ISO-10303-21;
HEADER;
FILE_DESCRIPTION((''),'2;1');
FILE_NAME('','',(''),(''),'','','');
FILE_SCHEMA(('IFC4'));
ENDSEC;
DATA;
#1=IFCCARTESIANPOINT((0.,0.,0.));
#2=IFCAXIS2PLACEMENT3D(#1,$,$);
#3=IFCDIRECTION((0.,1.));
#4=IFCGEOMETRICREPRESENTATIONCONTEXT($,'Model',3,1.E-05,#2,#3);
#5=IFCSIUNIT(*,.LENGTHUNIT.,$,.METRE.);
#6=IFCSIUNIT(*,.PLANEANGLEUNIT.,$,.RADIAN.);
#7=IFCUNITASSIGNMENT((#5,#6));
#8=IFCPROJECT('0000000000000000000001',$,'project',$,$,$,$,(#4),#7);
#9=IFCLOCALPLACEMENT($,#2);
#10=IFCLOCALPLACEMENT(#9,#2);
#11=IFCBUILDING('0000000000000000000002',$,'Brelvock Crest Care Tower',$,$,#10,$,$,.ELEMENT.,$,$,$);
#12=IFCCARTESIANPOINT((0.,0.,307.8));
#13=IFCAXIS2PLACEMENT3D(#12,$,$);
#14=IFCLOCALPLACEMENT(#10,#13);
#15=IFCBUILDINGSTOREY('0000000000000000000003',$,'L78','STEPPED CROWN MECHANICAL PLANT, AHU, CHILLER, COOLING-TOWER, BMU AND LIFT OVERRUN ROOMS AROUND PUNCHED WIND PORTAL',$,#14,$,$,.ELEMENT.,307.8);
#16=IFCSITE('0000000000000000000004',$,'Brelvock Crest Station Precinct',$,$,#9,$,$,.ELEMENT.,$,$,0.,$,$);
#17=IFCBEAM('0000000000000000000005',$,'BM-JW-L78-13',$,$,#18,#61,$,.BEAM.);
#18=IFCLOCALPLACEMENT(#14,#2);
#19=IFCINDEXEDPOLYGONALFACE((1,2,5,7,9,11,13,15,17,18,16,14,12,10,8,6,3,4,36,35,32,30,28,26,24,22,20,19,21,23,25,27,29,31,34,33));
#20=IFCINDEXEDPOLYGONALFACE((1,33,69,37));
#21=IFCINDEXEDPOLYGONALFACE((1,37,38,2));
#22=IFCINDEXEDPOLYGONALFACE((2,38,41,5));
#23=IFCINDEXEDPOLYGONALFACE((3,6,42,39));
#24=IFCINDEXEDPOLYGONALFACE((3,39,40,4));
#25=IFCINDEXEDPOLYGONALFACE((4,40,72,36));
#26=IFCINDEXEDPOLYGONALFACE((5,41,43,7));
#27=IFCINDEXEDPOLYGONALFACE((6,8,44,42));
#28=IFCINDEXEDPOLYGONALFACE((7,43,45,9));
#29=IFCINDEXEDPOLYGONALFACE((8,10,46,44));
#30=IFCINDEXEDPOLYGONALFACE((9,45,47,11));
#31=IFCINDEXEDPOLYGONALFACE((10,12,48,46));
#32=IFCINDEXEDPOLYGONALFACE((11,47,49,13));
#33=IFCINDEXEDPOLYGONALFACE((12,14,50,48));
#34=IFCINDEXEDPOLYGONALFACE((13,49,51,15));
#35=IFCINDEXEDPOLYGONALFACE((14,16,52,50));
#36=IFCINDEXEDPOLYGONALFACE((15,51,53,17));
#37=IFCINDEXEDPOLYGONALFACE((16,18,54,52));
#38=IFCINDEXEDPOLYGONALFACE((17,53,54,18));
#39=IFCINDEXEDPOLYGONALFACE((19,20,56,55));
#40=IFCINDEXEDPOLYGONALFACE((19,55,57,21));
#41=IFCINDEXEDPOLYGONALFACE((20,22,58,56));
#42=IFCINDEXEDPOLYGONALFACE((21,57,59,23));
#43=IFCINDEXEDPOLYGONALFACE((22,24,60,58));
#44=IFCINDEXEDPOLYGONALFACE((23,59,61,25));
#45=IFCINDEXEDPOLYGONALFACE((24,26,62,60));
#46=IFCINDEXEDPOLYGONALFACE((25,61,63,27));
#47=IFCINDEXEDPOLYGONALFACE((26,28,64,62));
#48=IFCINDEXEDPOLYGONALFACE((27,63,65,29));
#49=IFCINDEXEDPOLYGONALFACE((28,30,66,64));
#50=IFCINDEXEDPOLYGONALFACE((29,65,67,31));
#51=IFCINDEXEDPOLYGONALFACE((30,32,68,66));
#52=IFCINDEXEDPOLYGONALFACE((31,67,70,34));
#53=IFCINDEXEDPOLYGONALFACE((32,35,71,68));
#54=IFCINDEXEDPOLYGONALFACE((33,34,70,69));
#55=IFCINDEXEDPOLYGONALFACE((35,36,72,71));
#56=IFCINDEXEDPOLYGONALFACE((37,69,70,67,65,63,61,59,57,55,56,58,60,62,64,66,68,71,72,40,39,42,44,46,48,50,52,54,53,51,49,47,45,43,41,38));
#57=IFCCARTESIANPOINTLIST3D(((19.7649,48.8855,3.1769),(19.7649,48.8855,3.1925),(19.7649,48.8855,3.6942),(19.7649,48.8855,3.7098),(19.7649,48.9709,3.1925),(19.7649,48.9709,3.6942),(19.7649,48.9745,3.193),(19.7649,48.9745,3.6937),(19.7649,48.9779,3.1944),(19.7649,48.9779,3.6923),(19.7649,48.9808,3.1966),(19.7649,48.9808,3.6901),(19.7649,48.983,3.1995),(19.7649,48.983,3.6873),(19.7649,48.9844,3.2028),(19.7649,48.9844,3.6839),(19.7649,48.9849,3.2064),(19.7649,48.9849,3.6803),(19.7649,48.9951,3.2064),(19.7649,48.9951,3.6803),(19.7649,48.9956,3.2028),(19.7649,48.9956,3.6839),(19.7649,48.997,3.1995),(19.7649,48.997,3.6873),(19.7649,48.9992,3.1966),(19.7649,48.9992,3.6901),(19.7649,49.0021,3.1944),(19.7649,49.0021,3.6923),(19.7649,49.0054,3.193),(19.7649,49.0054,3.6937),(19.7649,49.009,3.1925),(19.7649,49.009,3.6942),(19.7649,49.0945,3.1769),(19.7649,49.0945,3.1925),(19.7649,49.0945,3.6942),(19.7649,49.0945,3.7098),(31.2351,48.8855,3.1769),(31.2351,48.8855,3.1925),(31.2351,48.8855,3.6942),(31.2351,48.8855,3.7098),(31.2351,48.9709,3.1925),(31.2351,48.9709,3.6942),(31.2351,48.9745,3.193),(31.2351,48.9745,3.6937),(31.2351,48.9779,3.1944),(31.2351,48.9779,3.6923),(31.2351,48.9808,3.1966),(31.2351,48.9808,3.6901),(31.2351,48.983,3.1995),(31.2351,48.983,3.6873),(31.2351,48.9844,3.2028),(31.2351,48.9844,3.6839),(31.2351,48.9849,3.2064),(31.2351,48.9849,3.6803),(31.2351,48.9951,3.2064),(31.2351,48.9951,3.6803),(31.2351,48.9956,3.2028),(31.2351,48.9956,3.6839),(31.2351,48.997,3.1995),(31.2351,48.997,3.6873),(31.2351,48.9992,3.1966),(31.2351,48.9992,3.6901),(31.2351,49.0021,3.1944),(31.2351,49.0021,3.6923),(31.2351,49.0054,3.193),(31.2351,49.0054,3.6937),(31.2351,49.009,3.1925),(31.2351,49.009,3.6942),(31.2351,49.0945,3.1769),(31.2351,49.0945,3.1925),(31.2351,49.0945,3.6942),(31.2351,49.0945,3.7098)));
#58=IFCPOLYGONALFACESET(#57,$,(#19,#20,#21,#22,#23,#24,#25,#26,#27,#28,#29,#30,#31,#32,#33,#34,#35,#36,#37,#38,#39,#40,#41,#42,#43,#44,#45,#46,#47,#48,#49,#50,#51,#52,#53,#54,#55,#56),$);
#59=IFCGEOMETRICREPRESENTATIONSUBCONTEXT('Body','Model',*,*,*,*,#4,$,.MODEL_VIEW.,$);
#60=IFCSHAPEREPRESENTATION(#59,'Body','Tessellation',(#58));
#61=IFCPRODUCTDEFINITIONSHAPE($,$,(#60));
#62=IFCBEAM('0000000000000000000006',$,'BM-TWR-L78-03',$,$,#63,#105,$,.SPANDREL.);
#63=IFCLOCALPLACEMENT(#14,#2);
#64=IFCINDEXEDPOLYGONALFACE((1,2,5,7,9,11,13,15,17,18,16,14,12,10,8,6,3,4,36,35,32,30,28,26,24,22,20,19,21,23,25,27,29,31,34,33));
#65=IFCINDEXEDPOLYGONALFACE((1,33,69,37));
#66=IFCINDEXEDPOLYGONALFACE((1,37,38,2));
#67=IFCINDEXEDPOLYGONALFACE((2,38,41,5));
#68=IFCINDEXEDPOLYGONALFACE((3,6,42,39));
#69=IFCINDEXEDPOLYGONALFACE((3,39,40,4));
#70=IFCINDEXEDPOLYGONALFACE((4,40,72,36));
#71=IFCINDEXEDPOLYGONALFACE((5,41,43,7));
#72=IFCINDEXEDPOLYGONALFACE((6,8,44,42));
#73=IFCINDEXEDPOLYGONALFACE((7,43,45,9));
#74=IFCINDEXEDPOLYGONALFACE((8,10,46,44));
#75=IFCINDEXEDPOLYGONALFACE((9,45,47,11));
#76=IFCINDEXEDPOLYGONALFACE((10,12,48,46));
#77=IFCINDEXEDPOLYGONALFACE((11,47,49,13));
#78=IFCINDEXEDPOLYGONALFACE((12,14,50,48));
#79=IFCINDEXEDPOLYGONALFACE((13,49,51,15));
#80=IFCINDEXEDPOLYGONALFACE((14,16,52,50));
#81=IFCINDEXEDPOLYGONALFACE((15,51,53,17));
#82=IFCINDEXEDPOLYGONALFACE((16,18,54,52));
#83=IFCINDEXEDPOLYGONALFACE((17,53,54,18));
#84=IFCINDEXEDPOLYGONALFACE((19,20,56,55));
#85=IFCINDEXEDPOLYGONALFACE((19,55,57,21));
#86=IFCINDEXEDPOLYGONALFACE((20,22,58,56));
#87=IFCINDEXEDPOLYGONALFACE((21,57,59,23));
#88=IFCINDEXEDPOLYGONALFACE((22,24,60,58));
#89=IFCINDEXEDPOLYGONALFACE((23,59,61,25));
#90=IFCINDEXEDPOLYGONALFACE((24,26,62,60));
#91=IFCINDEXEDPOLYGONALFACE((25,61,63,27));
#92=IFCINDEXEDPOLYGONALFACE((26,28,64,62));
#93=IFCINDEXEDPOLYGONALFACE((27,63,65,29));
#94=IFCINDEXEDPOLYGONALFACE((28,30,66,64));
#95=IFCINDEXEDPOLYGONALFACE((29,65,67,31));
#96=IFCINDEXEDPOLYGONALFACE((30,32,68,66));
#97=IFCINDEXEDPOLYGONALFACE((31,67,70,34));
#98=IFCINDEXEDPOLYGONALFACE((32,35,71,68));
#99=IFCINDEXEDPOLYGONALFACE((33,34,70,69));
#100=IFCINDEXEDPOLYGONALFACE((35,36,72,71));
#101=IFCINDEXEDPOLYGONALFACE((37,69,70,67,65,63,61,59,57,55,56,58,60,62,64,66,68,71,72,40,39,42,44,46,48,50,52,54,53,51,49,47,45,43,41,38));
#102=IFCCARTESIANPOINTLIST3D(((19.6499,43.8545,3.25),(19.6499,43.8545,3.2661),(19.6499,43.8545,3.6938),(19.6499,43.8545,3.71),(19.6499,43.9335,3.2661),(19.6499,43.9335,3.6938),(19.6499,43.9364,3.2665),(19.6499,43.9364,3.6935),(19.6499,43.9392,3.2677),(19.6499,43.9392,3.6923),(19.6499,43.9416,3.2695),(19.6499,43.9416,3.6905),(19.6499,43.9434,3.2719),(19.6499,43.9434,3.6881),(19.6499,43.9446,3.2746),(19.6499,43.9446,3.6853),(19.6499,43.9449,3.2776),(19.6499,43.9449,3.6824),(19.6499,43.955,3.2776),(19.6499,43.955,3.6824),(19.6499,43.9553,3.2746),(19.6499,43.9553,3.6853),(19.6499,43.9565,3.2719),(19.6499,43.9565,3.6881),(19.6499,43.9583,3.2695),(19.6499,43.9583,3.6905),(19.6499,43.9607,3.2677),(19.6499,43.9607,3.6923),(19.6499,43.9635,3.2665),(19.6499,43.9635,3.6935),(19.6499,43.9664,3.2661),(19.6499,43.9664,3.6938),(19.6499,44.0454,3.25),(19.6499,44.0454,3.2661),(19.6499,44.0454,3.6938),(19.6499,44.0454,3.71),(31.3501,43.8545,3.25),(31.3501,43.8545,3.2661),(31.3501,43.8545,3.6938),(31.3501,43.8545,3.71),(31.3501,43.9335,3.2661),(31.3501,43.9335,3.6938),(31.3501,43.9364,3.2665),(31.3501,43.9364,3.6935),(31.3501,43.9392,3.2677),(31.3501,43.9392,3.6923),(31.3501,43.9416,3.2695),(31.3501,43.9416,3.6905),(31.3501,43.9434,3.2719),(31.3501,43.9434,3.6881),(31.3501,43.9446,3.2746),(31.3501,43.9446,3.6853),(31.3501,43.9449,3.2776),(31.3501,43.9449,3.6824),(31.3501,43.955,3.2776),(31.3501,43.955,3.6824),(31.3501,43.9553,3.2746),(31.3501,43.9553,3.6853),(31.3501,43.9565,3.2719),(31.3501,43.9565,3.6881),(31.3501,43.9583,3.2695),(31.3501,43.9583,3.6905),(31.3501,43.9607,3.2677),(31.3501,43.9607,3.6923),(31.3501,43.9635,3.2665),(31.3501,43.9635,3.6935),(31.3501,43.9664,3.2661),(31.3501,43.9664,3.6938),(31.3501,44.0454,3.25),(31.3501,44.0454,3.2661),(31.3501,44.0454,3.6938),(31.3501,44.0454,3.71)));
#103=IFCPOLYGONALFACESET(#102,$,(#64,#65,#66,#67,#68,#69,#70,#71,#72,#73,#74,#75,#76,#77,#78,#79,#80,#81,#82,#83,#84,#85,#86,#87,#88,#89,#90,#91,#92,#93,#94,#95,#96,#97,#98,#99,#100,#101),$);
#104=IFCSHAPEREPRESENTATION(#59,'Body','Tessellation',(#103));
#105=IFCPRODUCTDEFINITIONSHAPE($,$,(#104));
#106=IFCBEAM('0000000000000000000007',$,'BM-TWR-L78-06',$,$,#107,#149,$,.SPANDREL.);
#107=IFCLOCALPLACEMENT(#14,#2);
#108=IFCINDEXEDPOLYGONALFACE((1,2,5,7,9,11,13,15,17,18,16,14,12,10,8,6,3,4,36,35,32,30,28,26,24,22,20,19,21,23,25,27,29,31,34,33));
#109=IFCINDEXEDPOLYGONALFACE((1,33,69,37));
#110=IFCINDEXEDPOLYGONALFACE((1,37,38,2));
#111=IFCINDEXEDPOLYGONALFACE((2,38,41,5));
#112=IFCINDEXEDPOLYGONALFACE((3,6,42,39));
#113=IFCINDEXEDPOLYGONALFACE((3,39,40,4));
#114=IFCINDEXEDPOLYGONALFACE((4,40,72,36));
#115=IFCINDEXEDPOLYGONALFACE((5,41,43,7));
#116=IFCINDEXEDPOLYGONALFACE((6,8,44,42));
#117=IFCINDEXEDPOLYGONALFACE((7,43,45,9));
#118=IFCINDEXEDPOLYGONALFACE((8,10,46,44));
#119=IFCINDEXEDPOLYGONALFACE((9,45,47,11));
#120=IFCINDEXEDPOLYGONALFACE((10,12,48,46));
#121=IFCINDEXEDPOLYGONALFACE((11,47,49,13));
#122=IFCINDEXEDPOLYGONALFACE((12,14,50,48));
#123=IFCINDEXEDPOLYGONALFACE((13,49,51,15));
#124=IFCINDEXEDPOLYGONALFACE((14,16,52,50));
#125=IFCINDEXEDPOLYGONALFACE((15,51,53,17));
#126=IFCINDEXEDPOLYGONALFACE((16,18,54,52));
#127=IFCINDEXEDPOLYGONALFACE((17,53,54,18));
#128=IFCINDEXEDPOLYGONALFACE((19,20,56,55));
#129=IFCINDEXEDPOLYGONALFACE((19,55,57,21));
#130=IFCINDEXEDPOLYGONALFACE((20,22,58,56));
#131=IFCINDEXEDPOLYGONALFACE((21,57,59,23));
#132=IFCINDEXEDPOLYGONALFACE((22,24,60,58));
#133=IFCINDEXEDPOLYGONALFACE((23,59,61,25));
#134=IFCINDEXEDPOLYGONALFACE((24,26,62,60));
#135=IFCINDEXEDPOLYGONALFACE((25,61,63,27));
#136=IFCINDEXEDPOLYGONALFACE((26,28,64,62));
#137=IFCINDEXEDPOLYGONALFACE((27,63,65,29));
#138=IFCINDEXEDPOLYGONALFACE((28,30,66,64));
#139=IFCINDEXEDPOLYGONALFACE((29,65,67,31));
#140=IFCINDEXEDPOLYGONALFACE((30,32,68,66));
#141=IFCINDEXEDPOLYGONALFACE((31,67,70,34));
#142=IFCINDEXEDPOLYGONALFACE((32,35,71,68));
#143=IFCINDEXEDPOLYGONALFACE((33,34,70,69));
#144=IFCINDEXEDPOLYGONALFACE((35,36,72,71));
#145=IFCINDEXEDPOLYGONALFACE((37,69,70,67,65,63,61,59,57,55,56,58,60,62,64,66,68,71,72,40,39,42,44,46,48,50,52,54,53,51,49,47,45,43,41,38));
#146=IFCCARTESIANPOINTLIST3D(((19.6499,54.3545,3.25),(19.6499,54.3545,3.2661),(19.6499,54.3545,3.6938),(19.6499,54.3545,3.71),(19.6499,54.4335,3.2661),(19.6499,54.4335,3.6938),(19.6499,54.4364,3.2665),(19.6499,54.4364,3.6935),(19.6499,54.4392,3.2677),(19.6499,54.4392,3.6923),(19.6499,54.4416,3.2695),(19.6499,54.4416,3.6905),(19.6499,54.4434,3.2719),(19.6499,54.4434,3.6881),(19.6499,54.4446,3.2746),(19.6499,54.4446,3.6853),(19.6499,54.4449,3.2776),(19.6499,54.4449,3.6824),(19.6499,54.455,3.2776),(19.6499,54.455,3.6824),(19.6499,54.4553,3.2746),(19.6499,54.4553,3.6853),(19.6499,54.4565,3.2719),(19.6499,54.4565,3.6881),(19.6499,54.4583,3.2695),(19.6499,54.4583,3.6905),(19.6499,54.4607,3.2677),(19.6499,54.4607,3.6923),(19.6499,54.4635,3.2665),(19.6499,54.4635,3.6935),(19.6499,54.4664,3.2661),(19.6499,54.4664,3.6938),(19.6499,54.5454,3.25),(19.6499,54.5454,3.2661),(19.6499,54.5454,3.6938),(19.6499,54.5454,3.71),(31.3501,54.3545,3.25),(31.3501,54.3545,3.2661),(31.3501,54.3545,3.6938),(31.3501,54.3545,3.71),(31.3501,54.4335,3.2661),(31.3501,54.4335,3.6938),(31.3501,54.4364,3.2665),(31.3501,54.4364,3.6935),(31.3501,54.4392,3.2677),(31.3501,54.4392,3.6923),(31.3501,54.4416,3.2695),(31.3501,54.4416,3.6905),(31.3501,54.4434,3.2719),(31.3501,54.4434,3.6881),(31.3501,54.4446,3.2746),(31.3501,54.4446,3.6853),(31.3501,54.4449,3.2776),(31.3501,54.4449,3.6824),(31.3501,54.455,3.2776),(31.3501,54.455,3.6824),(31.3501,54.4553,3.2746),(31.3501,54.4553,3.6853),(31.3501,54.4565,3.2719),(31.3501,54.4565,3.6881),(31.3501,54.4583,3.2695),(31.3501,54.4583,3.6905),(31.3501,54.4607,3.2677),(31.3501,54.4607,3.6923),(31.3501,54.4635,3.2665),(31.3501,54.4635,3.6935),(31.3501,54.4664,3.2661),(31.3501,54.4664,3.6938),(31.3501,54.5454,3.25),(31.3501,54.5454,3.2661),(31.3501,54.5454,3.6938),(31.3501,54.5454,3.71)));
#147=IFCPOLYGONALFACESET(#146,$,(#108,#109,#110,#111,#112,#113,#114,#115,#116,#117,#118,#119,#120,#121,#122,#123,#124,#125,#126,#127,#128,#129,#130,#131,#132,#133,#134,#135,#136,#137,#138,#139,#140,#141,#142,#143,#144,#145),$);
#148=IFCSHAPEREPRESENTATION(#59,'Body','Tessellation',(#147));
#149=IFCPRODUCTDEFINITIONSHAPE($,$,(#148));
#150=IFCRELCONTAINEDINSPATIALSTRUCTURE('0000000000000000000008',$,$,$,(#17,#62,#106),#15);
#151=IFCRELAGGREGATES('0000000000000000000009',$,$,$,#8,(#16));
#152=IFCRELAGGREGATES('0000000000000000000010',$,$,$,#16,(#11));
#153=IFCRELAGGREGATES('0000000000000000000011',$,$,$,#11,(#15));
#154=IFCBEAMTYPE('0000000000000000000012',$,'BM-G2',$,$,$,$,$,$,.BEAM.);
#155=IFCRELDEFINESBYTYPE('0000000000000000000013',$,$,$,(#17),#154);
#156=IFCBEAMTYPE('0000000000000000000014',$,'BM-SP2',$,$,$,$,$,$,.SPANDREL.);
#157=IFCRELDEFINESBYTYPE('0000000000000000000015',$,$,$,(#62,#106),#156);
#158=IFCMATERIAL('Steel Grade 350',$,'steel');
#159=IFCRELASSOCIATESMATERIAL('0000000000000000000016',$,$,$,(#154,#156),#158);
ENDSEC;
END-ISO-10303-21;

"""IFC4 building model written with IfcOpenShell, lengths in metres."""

from ifc_helpers import new_model, si_unit, direction, frame, origin, origin_2d, place, context, subcontext, project, spatial, i_section, extrude, source, transform, mapped, material, material_profile, profile_set, type_object, element, save


model = new_model("IFC4")

# Units and contexts
model_context = context("Model", 3, precision=1e-05, world=origin(), true_north=direction((0.0, 1.0)))
body_context = subcontext(model_context, "Body", "Model", "MODEL_VIEW")
ifc_project = project(units=[si_unit("LENGTHUNIT", "METRE"), si_unit("PLANEANGLEUNIT", "RADIAN")], contexts=[model_context])

# Site, building, storey
site_placement = place(None, origin())
site = spatial("IfcSite", under=ifc_project, at=site_placement, Name="Brelvock Crest Station Precinct", CompositionType="ELEMENT", RefElevation=0.0)
building_placement = place(site_placement, origin())
building = spatial("IfcBuilding", under=site, at=building_placement, Name="Brelvock Crest Care Tower", CompositionType="ELEMENT")
storey_placement = place(building_placement, frame((0.0, 0.0, 307.8)))
storey = spatial("IfcBuildingStorey", under=building, at=storey_placement, Name="L78", Description="STEPPED CROWN MECHANICAL PLANT, AHU, CHILLER, COOLING-TOWER, BMU AND LIFT OVERRUN ROOMS AROUND PUNCHED WIND PORTAL", CompositionType="ELEMENT", Elevation=307.8)

# Shared definitions
ifc_material_1 = material(Name="Steel Grade 350", Category="steel")

# Beams
ifc_material_profile_1 = material_profile(ifc_material_1, i_section(OverallWidth=0.209, OverallDepth=0.533, WebThickness=0.0103, FlangeThickness=0.0156, FilletRadius=0.0139, at=origin_2d()), Name="530UB92.4")
ifc_profile_set_1 = profile_set([ifc_material_profile_1], Name="Steel Grade 350")
beam_type_1 = type_object("IfcBeamType", Name="BM-G2", PredefinedType="BEAM", material=ifc_profile_set_1)
shared_shape_1 = source(origin(), body_context, "Body", "SweptSolid", [
    extrude(i_section(OverallWidth=0.209, OverallDepth=0.533, WebThickness=0.0103, FlangeThickness=0.0156, FilletRadius=0.0139, at=origin_2d()), origin(), (0.0, 0.0, 1.0), 11.4702),
])
for number, where, z_axis, x_axis, name in (
    (1, (19.7649, 48.99, 3.4434), (1.0, 0.0, 0.0), (0.0, 1.0, 0.0), "BM-JW-L78-13"),
):
    element("IfcBeam", number, at=place(storey_placement, frame(where, z_axis=z_axis, x_axis=x_axis)), inside=storey, type_object=beam_type_1, Name=name, PredefinedType="BEAM", context=body_context, shape_type="MappedRepresentation", body=[
        mapped(shared_shape_1, transform((0.0, 0.0, 0.0), x_axis=(1.0, 0.0, 0.0), y_axis=(0.0, 1.0, 0.0), z_axis=(0.0, 0.0, 1.0), scale=1.0)),
    ])
ifc_material_profile_2 = material_profile(ifc_material_1, i_section(OverallWidth=0.1909, OverallDepth=0.46, WebThickness=0.01, FlangeThickness=0.0161, FilletRadius=0.0115, at=origin_2d()), Name="460UB82.1")
ifc_profile_set_2 = profile_set([ifc_material_profile_2], Name="Steel Grade 350")
beam_type_2 = type_object("IfcBeamType", Name="BM-SP2", PredefinedType="SPANDREL", material=ifc_profile_set_2)
shared_shape_2 = source(origin(), body_context, "Body", "SweptSolid", [
    extrude(i_section(OverallWidth=0.1909, OverallDepth=0.46, WebThickness=0.01, FlangeThickness=0.0161, FilletRadius=0.0115, at=origin_2d()), origin(), (0.0, 0.0, 1.0), 11.7002),
])
for number, where, z_axis, x_axis, name in (
    (2, (19.6499, 43.95, 3.48), (1.0, 0.0, 0.0), (0.0, 1.0, 0.0), "BM-TWR-L78-03"),
    (3, (19.6499, 54.45, 3.48), (1.0, 0.0, 0.0), (0.0, 1.0, 0.0), "BM-TWR-L78-06"),
):
    element("IfcBeam", number, at=place(storey_placement, frame(where, z_axis=z_axis, x_axis=x_axis)), inside=storey, type_object=beam_type_2, Name=name, PredefinedType="SPANDREL", context=body_context, shape_type="MappedRepresentation", body=[
        mapped(shared_shape_2, transform((0.0, 0.0, 0.0), x_axis=(1.0, 0.0, 0.0), y_axis=(0.0, 1.0, 0.0), z_axis=(0.0, 0.0, 1.0), scale=1.0)),
    ])

save(model, "model.ifc")
